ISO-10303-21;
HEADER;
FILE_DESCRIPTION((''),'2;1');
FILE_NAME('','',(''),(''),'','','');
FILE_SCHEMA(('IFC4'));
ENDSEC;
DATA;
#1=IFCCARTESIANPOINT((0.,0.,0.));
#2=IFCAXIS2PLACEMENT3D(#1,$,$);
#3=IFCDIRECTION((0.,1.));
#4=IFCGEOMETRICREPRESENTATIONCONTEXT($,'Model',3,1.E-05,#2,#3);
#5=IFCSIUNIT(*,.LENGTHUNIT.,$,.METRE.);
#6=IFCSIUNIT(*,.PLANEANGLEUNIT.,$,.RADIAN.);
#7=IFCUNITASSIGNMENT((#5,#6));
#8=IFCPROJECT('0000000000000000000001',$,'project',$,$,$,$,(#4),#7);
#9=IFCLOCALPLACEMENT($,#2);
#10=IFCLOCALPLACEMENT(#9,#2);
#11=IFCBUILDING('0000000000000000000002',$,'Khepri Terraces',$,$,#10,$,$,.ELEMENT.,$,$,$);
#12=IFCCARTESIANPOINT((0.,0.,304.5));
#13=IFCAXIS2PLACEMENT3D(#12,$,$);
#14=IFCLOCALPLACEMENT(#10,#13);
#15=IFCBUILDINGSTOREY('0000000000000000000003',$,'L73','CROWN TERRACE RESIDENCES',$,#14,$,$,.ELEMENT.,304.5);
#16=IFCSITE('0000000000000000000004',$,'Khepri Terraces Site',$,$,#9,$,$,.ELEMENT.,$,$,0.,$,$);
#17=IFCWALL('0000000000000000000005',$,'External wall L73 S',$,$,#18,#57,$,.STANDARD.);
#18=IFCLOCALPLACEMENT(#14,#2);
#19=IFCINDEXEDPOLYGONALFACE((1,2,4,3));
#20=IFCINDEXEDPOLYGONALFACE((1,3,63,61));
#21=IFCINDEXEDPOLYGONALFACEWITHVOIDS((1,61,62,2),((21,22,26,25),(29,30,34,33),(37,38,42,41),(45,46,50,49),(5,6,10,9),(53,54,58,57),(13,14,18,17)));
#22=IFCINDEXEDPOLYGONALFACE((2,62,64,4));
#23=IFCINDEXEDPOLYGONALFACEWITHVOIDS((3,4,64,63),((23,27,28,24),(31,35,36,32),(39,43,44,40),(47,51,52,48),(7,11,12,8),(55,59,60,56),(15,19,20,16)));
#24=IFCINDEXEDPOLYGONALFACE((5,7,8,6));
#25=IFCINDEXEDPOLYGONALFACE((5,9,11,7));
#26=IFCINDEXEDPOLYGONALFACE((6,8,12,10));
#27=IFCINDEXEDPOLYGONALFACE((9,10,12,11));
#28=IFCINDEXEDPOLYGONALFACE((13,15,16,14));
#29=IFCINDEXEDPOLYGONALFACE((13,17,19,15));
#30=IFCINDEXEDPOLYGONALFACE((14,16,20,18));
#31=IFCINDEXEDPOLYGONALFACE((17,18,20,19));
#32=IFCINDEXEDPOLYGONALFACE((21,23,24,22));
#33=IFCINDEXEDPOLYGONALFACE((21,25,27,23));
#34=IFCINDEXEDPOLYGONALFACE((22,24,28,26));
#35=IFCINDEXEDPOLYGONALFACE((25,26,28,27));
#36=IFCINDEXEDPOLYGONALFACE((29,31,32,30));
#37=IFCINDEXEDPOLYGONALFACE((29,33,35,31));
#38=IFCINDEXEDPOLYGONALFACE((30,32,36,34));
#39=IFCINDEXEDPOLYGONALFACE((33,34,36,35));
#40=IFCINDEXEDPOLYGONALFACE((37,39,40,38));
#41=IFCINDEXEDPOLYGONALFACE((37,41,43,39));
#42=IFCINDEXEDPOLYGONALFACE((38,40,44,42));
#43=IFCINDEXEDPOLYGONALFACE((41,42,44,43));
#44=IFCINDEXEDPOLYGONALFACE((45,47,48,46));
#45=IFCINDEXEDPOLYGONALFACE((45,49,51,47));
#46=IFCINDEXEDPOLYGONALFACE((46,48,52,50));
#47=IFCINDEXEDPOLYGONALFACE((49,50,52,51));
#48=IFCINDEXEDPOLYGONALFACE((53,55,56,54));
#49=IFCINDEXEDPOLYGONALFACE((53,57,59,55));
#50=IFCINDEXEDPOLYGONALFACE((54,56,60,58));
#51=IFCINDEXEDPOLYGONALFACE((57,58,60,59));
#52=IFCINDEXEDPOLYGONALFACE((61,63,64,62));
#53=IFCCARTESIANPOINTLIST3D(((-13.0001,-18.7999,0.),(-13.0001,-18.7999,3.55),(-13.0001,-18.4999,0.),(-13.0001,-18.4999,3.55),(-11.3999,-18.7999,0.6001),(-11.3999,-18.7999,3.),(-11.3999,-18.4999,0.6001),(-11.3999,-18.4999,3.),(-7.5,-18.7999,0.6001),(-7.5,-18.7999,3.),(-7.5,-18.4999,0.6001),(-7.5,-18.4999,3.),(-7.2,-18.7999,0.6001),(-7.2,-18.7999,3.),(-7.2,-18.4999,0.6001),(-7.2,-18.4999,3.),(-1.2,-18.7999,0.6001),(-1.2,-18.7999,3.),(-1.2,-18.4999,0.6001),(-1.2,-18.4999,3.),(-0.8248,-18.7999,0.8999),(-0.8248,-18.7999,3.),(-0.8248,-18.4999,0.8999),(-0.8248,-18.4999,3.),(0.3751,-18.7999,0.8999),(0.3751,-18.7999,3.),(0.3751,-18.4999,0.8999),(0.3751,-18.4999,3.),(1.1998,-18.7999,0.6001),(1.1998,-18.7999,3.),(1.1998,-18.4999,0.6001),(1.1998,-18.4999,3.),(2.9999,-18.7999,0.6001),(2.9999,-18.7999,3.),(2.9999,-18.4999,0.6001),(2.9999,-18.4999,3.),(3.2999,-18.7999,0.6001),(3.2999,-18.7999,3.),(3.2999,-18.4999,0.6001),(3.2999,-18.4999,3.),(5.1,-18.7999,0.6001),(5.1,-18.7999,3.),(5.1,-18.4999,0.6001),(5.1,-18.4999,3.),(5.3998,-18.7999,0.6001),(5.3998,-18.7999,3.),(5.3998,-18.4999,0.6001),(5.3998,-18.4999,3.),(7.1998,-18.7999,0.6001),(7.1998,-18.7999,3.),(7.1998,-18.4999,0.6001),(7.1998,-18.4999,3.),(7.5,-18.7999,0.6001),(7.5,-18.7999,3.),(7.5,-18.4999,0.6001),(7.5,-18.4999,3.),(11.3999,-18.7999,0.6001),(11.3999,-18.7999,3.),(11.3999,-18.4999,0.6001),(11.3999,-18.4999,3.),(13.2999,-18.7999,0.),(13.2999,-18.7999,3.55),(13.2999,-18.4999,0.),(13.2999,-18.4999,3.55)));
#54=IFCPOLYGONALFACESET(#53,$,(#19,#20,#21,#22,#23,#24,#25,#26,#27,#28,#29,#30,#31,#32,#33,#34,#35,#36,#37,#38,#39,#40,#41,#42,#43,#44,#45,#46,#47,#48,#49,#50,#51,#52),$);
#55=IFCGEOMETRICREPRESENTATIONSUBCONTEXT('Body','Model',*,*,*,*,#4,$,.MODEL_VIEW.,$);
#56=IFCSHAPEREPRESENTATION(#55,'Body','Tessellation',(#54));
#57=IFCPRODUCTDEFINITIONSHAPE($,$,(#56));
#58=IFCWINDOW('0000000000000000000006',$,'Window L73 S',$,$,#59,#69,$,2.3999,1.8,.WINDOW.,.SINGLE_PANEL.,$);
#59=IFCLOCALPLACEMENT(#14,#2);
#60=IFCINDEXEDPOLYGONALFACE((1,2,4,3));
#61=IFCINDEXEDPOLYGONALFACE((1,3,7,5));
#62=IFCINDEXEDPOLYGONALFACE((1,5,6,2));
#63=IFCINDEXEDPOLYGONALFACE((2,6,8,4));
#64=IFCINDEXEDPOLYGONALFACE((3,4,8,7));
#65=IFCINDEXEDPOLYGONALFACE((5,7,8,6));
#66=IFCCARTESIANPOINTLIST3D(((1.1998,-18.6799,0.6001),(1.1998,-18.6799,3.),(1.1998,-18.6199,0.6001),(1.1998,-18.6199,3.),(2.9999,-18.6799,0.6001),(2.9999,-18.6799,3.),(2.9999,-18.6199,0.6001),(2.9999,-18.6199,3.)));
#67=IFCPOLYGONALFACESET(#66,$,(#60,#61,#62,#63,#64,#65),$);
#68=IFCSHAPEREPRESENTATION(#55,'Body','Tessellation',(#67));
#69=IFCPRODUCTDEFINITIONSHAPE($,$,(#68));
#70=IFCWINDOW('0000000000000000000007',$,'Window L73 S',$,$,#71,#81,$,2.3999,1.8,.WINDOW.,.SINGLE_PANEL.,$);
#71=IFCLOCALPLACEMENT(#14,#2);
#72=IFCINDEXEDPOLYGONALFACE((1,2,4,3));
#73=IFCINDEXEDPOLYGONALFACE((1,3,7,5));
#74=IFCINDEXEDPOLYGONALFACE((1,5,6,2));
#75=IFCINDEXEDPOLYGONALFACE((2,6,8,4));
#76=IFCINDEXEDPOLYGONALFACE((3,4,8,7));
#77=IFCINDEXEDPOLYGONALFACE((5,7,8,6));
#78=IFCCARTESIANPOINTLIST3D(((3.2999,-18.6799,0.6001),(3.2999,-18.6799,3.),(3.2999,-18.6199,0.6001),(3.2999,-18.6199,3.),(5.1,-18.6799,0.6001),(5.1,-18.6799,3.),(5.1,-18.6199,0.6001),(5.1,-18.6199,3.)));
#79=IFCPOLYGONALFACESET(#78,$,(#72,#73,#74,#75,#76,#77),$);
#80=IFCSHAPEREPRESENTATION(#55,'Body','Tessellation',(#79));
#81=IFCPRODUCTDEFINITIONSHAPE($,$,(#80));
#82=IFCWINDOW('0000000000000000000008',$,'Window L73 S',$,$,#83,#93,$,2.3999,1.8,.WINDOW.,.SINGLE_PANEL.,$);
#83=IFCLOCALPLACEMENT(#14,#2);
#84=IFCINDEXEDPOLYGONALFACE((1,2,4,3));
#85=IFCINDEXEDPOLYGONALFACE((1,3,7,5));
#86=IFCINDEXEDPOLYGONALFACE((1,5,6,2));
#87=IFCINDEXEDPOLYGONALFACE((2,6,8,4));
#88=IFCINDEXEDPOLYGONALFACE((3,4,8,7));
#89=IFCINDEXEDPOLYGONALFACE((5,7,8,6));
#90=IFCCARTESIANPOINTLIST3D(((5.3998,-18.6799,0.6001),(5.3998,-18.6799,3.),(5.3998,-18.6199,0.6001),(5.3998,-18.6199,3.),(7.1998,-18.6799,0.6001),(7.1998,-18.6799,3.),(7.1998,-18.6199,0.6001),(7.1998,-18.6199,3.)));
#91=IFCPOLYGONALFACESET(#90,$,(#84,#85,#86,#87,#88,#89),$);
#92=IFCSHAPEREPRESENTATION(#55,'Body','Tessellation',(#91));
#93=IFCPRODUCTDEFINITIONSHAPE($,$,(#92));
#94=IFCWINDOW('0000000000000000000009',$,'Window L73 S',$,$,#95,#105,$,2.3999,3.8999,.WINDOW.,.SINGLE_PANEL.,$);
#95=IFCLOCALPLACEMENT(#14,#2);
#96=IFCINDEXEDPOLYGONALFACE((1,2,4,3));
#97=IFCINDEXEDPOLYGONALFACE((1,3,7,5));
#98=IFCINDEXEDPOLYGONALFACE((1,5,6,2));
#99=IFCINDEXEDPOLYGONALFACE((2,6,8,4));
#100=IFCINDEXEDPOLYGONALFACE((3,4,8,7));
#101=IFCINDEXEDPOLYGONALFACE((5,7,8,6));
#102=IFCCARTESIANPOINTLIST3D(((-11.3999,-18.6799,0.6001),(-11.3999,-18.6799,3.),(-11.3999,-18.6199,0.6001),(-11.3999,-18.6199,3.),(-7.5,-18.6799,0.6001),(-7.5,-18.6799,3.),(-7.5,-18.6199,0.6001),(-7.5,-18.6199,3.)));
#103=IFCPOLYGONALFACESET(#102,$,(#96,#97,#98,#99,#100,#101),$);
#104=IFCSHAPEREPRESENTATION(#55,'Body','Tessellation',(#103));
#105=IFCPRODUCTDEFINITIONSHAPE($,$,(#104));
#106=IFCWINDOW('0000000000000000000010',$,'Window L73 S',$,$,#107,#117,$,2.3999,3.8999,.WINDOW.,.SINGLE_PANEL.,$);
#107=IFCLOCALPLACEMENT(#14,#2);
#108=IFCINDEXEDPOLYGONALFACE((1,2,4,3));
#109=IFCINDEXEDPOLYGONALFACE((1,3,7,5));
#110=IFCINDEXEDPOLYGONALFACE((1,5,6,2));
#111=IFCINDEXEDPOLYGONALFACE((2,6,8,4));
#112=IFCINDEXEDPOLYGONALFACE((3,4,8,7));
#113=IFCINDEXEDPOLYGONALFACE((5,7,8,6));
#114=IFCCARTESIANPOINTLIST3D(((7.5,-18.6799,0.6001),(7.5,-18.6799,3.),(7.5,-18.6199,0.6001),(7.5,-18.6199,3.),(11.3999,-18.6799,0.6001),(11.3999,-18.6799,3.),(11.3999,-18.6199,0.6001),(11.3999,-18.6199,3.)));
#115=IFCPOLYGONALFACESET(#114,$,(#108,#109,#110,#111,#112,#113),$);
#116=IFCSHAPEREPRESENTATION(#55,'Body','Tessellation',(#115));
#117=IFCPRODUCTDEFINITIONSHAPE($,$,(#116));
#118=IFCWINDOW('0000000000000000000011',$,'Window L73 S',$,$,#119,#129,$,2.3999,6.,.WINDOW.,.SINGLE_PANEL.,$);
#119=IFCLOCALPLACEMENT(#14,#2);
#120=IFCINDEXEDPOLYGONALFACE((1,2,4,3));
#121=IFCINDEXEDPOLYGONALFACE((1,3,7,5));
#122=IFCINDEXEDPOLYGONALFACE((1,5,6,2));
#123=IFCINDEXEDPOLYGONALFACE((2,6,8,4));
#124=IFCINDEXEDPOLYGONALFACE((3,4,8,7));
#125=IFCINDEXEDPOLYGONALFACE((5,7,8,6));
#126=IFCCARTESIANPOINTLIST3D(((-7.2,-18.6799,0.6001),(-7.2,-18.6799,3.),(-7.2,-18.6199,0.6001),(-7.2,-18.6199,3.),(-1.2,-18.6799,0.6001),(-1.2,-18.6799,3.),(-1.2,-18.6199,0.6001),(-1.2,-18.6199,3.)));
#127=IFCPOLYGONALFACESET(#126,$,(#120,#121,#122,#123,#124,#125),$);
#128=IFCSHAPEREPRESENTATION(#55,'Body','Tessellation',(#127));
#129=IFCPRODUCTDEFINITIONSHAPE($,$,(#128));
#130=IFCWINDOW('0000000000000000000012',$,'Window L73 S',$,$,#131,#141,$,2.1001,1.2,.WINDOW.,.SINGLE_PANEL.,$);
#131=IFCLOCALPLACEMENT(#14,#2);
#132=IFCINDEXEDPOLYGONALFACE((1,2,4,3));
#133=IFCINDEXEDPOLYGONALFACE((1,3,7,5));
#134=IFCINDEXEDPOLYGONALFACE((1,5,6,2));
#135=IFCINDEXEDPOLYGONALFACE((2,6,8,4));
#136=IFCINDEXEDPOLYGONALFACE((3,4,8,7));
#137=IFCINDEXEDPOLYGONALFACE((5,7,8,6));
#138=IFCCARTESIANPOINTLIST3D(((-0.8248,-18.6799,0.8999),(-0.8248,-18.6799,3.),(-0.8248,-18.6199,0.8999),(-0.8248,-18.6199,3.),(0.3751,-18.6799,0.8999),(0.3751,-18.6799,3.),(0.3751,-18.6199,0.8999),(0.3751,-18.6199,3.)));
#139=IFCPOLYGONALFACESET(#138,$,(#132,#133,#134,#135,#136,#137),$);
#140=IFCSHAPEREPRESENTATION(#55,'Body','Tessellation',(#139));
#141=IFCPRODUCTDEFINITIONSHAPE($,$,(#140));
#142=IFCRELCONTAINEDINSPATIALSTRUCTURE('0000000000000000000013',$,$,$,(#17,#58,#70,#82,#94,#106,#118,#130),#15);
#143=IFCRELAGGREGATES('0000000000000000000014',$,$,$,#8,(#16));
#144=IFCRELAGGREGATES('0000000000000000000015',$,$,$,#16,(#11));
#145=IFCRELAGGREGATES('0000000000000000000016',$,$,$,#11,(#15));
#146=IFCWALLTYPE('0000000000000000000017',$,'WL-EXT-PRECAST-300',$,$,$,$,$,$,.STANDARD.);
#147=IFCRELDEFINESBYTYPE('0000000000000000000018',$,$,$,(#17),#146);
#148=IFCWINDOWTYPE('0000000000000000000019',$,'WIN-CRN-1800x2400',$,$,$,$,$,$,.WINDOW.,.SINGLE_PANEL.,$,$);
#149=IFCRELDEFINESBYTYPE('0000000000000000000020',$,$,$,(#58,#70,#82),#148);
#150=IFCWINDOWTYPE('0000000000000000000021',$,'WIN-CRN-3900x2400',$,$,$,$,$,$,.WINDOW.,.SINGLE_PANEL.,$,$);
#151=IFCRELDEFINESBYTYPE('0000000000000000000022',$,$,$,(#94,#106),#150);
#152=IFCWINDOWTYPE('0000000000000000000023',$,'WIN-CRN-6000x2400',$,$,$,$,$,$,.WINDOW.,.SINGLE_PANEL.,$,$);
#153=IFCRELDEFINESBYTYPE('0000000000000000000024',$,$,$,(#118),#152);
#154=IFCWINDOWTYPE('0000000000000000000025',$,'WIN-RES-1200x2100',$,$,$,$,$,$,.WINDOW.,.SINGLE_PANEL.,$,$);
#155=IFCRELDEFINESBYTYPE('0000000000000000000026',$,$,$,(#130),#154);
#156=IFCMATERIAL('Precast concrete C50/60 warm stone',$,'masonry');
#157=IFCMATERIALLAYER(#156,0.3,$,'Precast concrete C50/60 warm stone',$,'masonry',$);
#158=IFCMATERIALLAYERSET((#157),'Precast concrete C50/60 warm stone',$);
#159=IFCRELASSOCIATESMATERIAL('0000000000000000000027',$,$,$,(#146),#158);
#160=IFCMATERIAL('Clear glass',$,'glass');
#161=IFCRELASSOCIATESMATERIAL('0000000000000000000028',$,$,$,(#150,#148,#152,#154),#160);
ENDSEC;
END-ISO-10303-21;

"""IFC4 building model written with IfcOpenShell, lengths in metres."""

from ifc_helpers import new_model, si_unit, direction, frame, frame_2d, origin, place, context, subcontext, project, spatial, rectangle, extrude, material, layer, layer_set, type_object, element, fill, save


model = new_model("IFC4")

# Units and contexts
model_context = context("Model", 3, precision=1e-05, world=origin(), true_north=direction((0.0, 1.0)))
body_context = subcontext(model_context, "Body", "Model", "MODEL_VIEW")
ifc_project = project(units=[si_unit("LENGTHUNIT", "METRE"), si_unit("PLANEANGLEUNIT", "RADIAN")], contexts=[model_context])

# Site, building, storey
site_placement = place(None, origin())
site = spatial("IfcSite", under=ifc_project, at=site_placement, Name="Khepri Terraces Site", CompositionType="ELEMENT", RefElevation=0.0)
building_placement = place(site_placement, origin())
building = spatial("IfcBuilding", under=site, at=building_placement, Name="Khepri Terraces", CompositionType="ELEMENT")
storey_placement = place(building_placement, frame((0.0, 0.0, 304.5)))
storey = spatial("IfcBuildingStorey", under=building, at=storey_placement, Name="L73", Description="CROWN TERRACE RESIDENCES", CompositionType="ELEMENT", Elevation=304.5)

# Shared definitions
ifc_material_1 = material(Name="Precast concrete C50/60 warm stone", Category="masonry")
ifc_layer_1 = layer(ifc_material_1, 0.3, Name="Precast concrete C50/60 warm stone", Category="masonry")
ifc_layer_set_1 = layer_set([ifc_layer_1], Name="Precast concrete C50/60 warm stone")
wall_type_1 = type_object("IfcWallType", Name="WL-EXT-PRECAST-300", PredefinedType="STANDARD", material=ifc_layer_set_1)
ifc_material_2 = material(Name="Clear glass", Category="glass")
window_type_1 = type_object("IfcWindowType", Name="WIN-CRN-3900x2400", PartitioningType="SINGLE_PANEL", PredefinedType="WINDOW", material=ifc_material_2)

# Wall, openings, windows
wall_1_placement = place(storey_placement, frame((-13.0, -18.6499, 0.0), z_axis=(0.0, 0.0, 1.0), x_axis=(1.0, 0.0, 0.0)))
wall_1 = element("IfcWall", 1, at=wall_1_placement, inside=storey, type_object=wall_type_1, Name="External wall L73 S", PredefinedType="STANDARD", context=body_context, shape_type="SweptSolid", body=[
    extrude(rectangle(XDim=26.3, YDim=0.3, at=frame_2d((13.1499, 0.0))), origin(), (0.0, 0.0, 1.0), 3.55),
])
opening_1_placement = place(wall_1_placement, frame((1.6001, 0.0, 0.6001)))
opening_1 = element("IfcOpeningElement", 2, at=opening_1_placement, cuts=wall_1, PredefinedType="OPENING", context=body_context, shape_type="SweptSolid", body=[
    extrude(rectangle(XDim=3.8999, YDim=2.3999, at=frame_2d((1.95, 1.2))), frame((0.0, 0.1602, 0.0), z_axis=(0.0, -1.0, 0.0), x_axis=(1.0, 0.0, 0.0)), (0.0, 0.0, 1.0), 0.3201),
])
opening_2_placement = place(wall_1_placement, frame((5.8, 0.0, 0.6001)))
opening_2 = element("IfcOpeningElement", 3, at=opening_2_placement, cuts=wall_1, PredefinedType="OPENING", context=body_context, shape_type="SweptSolid", body=[
    extrude(rectangle(XDim=6.0, YDim=2.3999, at=frame_2d((3.0, 1.2))), frame((0.0, 0.1602, 0.0), z_axis=(0.0, -1.0, 0.0), x_axis=(1.0, 0.0, 0.0)), (0.0, 0.0, 1.0), 0.3201),
])
opening_3_placement = place(wall_1_placement, frame((14.2, 0.0, 0.6001)))
opening_3 = element("IfcOpeningElement", 4, at=opening_3_placement, cuts=wall_1, PredefinedType="OPENING", context=body_context, shape_type="SweptSolid", body=[
    extrude(rectangle(XDim=1.8, YDim=2.3999, at=frame_2d((0.8999, 1.2))), frame((0.0, 0.1602, 0.0), z_axis=(0.0, -1.0, 0.0), x_axis=(1.0, 0.0, 0.0)), (0.0, 0.0, 1.0), 0.3201),
])
opening_4_placement = place(wall_1_placement, frame((16.3, 0.0, 0.6001)))
opening_4 = element("IfcOpeningElement", 5, at=opening_4_placement, cuts=wall_1, PredefinedType="OPENING", context=body_context, shape_type="SweptSolid", body=[
    extrude(rectangle(XDim=1.8, YDim=2.3999, at=frame_2d((0.8999, 1.2))), frame((0.0, 0.1602, 0.0), z_axis=(0.0, -1.0, 0.0), x_axis=(1.0, 0.0, 0.0)), (0.0, 0.0, 1.0), 0.3201),
])
opening_5_placement = place(wall_1_placement, frame((18.3999, 0.0, 0.6001)))
opening_5 = element("IfcOpeningElement", 6, at=opening_5_placement, cuts=wall_1, PredefinedType="OPENING", context=body_context, shape_type="SweptSolid", body=[
    extrude(rectangle(XDim=1.8, YDim=2.3999, at=frame_2d((0.8999, 1.2))), frame((0.0, 0.1602, 0.0), z_axis=(0.0, -1.0, 0.0), x_axis=(1.0, 0.0, 0.0)), (0.0, 0.0, 1.0), 0.3201),
])
opening_6_placement = place(wall_1_placement, frame((20.5, 0.0, 0.6001)))
opening_6 = element("IfcOpeningElement", 7, at=opening_6_placement, cuts=wall_1, PredefinedType="OPENING", context=body_context, shape_type="SweptSolid", body=[
    extrude(rectangle(XDim=3.8999, YDim=2.3999, at=frame_2d((1.95, 1.2))), frame((0.0, 0.1602, 0.0), z_axis=(0.0, -1.0, 0.0), x_axis=(1.0, 0.0, 0.0)), (0.0, 0.0, 1.0), 0.3201),
])
opening_7_placement = place(wall_1_placement, frame((12.175, 0.0, 0.8999)))
opening_7 = element("IfcOpeningElement", 8, at=opening_7_placement, cuts=wall_1, PredefinedType="OPENING", context=body_context, shape_type="SweptSolid", body=[
    extrude(rectangle(XDim=1.2, YDim=2.1001, at=frame_2d((0.6001, 1.05))), frame((0.0, 0.1602, 0.0), z_axis=(0.0, -1.0, 0.0), x_axis=(1.0, 0.0, 0.0)), (0.0, 0.0, 1.0), 0.3201),
])
window_type_2 = type_object("IfcWindowType", Name="WIN-CRN-1800x2400", PartitioningType="SINGLE_PANEL", PredefinedType="WINDOW", material=ifc_material_2)
window_1_placement = place(opening_3_placement, origin())
window_1 = element("IfcWindow", 9, at=window_1_placement, inside=storey, type_object=window_type_2, Name="Window L73 S", OverallHeight=2.3999, OverallWidth=1.8, PartitioningType="SINGLE_PANEL", PredefinedType="WINDOW", context=body_context, shape_type="SweptSolid", body=[
    extrude(rectangle(XDim=1.8, YDim=2.3999, at=frame_2d((0.8999, 1.2))), frame((0.0, 0.03, 0.0), z_axis=(0.0, -1.0, 0.0), x_axis=(1.0, 0.0, 0.0)), (0.0, 0.0, 1.0), 0.0601),
])
fill(opening_3, window_1)
window_2_placement = place(opening_4_placement, origin())
window_2 = element("IfcWindow", 10, at=window_2_placement, inside=storey, type_object=window_type_2, Name="Window L73 S", OverallHeight=2.3999, OverallWidth=1.8, PartitioningType="SINGLE_PANEL", PredefinedType="WINDOW", context=body_context, shape_type="SweptSolid", body=[
    extrude(rectangle(XDim=1.8, YDim=2.3999, at=frame_2d((0.8999, 1.2))), frame((0.0, 0.03, 0.0), z_axis=(0.0, -1.0, 0.0), x_axis=(1.0, 0.0, 0.0)), (0.0, 0.0, 1.0), 0.0601),
])
fill(opening_4, window_2)
window_3_placement = place(opening_5_placement, origin())
window_3 = element("IfcWindow", 11, at=window_3_placement, inside=storey, type_object=window_type_2, Name="Window L73 S", OverallHeight=2.3999, OverallWidth=1.8, PartitioningType="SINGLE_PANEL", PredefinedType="WINDOW", context=body_context, shape_type="SweptSolid", body=[
    extrude(rectangle(XDim=1.8, YDim=2.3999, at=frame_2d((0.8999, 1.2))), frame((0.0, 0.03, 0.0), z_axis=(0.0, -1.0, 0.0), x_axis=(1.0, 0.0, 0.0)), (0.0, 0.0, 1.0), 0.0601),
])
fill(opening_5, window_3)
window_4_placement = place(opening_1_placement, origin())
window_4 = element("IfcWindow", 12, at=window_4_placement, inside=storey, type_object=window_type_1, Name="Window L73 S", OverallHeight=2.3999, OverallWidth=3.8999, PartitioningType="SINGLE_PANEL", PredefinedType="WINDOW", context=body_context, shape_type="SweptSolid", body=[
    extrude(rectangle(XDim=3.8999, YDim=2.3999, at=frame_2d((1.95, 1.2))), frame((0.0, 0.03, 0.0), z_axis=(0.0, -1.0, 0.0), x_axis=(1.0, 0.0, 0.0)), (0.0, 0.0, 1.0), 0.0601),
])
fill(opening_1, window_4)
window_5_placement = place(opening_6_placement, origin())
window_5 = element("IfcWindow", 13, at=window_5_placement, inside=storey, type_object=window_type_1, Name="Window L73 S", OverallHeight=2.3999, OverallWidth=3.8999, PartitioningType="SINGLE_PANEL", PredefinedType="WINDOW", context=body_context, shape_type="SweptSolid", body=[
    extrude(rectangle(XDim=3.8999, YDim=2.3999, at=frame_2d((1.95, 1.2))), frame((0.0, 0.03, 0.0), z_axis=(0.0, -1.0, 0.0), x_axis=(1.0, 0.0, 0.0)), (0.0, 0.0, 1.0), 0.0601),
])
fill(opening_6, window_5)
window_type_3 = type_object("IfcWindowType", Name="WIN-CRN-6000x2400", PartitioningType="SINGLE_PANEL", PredefinedType="WINDOW", material=ifc_material_2)
window_6_placement = place(opening_2_placement, origin())
window_6 = element("IfcWindow", 14, at=window_6_placement, inside=storey, type_object=window_type_3, Name="Window L73 S", OverallHeight=2.3999, OverallWidth=6.0, PartitioningType="SINGLE_PANEL", PredefinedType="WINDOW", context=body_context, shape_type="SweptSolid", body=[
    extrude(rectangle(XDim=6.0, YDim=2.3999, at=frame_2d((3.0, 1.2))), frame((0.0, 0.03, 0.0), z_axis=(0.0, -1.0, 0.0), x_axis=(1.0, 0.0, 0.0)), (0.0, 0.0, 1.0), 0.0601),
])
fill(opening_2, window_6)
window_type_4 = type_object("IfcWindowType", Name="WIN-RES-1200x2100", PartitioningType="SINGLE_PANEL", PredefinedType="WINDOW", material=ifc_material_2)
window_7_placement = place(opening_7_placement, origin())
window_7 = element("IfcWindow", 15, at=window_7_placement, inside=storey, type_object=window_type_4, Name="Window L73 S", OverallHeight=2.1001, OverallWidth=1.2, PartitioningType="SINGLE_PANEL", PredefinedType="WINDOW", context=body_context, shape_type="SweptSolid", body=[
    extrude(rectangle(XDim=1.2, YDim=2.1001, at=frame_2d((0.6001, 1.05))), frame((0.0, 0.03, 0.0), z_axis=(0.0, -1.0, 0.0), x_axis=(1.0, 0.0, 0.0)), (0.0, 0.0, 1.0), 0.0601),
])
fill(opening_7, window_7)

save(model, "model.ifc")
